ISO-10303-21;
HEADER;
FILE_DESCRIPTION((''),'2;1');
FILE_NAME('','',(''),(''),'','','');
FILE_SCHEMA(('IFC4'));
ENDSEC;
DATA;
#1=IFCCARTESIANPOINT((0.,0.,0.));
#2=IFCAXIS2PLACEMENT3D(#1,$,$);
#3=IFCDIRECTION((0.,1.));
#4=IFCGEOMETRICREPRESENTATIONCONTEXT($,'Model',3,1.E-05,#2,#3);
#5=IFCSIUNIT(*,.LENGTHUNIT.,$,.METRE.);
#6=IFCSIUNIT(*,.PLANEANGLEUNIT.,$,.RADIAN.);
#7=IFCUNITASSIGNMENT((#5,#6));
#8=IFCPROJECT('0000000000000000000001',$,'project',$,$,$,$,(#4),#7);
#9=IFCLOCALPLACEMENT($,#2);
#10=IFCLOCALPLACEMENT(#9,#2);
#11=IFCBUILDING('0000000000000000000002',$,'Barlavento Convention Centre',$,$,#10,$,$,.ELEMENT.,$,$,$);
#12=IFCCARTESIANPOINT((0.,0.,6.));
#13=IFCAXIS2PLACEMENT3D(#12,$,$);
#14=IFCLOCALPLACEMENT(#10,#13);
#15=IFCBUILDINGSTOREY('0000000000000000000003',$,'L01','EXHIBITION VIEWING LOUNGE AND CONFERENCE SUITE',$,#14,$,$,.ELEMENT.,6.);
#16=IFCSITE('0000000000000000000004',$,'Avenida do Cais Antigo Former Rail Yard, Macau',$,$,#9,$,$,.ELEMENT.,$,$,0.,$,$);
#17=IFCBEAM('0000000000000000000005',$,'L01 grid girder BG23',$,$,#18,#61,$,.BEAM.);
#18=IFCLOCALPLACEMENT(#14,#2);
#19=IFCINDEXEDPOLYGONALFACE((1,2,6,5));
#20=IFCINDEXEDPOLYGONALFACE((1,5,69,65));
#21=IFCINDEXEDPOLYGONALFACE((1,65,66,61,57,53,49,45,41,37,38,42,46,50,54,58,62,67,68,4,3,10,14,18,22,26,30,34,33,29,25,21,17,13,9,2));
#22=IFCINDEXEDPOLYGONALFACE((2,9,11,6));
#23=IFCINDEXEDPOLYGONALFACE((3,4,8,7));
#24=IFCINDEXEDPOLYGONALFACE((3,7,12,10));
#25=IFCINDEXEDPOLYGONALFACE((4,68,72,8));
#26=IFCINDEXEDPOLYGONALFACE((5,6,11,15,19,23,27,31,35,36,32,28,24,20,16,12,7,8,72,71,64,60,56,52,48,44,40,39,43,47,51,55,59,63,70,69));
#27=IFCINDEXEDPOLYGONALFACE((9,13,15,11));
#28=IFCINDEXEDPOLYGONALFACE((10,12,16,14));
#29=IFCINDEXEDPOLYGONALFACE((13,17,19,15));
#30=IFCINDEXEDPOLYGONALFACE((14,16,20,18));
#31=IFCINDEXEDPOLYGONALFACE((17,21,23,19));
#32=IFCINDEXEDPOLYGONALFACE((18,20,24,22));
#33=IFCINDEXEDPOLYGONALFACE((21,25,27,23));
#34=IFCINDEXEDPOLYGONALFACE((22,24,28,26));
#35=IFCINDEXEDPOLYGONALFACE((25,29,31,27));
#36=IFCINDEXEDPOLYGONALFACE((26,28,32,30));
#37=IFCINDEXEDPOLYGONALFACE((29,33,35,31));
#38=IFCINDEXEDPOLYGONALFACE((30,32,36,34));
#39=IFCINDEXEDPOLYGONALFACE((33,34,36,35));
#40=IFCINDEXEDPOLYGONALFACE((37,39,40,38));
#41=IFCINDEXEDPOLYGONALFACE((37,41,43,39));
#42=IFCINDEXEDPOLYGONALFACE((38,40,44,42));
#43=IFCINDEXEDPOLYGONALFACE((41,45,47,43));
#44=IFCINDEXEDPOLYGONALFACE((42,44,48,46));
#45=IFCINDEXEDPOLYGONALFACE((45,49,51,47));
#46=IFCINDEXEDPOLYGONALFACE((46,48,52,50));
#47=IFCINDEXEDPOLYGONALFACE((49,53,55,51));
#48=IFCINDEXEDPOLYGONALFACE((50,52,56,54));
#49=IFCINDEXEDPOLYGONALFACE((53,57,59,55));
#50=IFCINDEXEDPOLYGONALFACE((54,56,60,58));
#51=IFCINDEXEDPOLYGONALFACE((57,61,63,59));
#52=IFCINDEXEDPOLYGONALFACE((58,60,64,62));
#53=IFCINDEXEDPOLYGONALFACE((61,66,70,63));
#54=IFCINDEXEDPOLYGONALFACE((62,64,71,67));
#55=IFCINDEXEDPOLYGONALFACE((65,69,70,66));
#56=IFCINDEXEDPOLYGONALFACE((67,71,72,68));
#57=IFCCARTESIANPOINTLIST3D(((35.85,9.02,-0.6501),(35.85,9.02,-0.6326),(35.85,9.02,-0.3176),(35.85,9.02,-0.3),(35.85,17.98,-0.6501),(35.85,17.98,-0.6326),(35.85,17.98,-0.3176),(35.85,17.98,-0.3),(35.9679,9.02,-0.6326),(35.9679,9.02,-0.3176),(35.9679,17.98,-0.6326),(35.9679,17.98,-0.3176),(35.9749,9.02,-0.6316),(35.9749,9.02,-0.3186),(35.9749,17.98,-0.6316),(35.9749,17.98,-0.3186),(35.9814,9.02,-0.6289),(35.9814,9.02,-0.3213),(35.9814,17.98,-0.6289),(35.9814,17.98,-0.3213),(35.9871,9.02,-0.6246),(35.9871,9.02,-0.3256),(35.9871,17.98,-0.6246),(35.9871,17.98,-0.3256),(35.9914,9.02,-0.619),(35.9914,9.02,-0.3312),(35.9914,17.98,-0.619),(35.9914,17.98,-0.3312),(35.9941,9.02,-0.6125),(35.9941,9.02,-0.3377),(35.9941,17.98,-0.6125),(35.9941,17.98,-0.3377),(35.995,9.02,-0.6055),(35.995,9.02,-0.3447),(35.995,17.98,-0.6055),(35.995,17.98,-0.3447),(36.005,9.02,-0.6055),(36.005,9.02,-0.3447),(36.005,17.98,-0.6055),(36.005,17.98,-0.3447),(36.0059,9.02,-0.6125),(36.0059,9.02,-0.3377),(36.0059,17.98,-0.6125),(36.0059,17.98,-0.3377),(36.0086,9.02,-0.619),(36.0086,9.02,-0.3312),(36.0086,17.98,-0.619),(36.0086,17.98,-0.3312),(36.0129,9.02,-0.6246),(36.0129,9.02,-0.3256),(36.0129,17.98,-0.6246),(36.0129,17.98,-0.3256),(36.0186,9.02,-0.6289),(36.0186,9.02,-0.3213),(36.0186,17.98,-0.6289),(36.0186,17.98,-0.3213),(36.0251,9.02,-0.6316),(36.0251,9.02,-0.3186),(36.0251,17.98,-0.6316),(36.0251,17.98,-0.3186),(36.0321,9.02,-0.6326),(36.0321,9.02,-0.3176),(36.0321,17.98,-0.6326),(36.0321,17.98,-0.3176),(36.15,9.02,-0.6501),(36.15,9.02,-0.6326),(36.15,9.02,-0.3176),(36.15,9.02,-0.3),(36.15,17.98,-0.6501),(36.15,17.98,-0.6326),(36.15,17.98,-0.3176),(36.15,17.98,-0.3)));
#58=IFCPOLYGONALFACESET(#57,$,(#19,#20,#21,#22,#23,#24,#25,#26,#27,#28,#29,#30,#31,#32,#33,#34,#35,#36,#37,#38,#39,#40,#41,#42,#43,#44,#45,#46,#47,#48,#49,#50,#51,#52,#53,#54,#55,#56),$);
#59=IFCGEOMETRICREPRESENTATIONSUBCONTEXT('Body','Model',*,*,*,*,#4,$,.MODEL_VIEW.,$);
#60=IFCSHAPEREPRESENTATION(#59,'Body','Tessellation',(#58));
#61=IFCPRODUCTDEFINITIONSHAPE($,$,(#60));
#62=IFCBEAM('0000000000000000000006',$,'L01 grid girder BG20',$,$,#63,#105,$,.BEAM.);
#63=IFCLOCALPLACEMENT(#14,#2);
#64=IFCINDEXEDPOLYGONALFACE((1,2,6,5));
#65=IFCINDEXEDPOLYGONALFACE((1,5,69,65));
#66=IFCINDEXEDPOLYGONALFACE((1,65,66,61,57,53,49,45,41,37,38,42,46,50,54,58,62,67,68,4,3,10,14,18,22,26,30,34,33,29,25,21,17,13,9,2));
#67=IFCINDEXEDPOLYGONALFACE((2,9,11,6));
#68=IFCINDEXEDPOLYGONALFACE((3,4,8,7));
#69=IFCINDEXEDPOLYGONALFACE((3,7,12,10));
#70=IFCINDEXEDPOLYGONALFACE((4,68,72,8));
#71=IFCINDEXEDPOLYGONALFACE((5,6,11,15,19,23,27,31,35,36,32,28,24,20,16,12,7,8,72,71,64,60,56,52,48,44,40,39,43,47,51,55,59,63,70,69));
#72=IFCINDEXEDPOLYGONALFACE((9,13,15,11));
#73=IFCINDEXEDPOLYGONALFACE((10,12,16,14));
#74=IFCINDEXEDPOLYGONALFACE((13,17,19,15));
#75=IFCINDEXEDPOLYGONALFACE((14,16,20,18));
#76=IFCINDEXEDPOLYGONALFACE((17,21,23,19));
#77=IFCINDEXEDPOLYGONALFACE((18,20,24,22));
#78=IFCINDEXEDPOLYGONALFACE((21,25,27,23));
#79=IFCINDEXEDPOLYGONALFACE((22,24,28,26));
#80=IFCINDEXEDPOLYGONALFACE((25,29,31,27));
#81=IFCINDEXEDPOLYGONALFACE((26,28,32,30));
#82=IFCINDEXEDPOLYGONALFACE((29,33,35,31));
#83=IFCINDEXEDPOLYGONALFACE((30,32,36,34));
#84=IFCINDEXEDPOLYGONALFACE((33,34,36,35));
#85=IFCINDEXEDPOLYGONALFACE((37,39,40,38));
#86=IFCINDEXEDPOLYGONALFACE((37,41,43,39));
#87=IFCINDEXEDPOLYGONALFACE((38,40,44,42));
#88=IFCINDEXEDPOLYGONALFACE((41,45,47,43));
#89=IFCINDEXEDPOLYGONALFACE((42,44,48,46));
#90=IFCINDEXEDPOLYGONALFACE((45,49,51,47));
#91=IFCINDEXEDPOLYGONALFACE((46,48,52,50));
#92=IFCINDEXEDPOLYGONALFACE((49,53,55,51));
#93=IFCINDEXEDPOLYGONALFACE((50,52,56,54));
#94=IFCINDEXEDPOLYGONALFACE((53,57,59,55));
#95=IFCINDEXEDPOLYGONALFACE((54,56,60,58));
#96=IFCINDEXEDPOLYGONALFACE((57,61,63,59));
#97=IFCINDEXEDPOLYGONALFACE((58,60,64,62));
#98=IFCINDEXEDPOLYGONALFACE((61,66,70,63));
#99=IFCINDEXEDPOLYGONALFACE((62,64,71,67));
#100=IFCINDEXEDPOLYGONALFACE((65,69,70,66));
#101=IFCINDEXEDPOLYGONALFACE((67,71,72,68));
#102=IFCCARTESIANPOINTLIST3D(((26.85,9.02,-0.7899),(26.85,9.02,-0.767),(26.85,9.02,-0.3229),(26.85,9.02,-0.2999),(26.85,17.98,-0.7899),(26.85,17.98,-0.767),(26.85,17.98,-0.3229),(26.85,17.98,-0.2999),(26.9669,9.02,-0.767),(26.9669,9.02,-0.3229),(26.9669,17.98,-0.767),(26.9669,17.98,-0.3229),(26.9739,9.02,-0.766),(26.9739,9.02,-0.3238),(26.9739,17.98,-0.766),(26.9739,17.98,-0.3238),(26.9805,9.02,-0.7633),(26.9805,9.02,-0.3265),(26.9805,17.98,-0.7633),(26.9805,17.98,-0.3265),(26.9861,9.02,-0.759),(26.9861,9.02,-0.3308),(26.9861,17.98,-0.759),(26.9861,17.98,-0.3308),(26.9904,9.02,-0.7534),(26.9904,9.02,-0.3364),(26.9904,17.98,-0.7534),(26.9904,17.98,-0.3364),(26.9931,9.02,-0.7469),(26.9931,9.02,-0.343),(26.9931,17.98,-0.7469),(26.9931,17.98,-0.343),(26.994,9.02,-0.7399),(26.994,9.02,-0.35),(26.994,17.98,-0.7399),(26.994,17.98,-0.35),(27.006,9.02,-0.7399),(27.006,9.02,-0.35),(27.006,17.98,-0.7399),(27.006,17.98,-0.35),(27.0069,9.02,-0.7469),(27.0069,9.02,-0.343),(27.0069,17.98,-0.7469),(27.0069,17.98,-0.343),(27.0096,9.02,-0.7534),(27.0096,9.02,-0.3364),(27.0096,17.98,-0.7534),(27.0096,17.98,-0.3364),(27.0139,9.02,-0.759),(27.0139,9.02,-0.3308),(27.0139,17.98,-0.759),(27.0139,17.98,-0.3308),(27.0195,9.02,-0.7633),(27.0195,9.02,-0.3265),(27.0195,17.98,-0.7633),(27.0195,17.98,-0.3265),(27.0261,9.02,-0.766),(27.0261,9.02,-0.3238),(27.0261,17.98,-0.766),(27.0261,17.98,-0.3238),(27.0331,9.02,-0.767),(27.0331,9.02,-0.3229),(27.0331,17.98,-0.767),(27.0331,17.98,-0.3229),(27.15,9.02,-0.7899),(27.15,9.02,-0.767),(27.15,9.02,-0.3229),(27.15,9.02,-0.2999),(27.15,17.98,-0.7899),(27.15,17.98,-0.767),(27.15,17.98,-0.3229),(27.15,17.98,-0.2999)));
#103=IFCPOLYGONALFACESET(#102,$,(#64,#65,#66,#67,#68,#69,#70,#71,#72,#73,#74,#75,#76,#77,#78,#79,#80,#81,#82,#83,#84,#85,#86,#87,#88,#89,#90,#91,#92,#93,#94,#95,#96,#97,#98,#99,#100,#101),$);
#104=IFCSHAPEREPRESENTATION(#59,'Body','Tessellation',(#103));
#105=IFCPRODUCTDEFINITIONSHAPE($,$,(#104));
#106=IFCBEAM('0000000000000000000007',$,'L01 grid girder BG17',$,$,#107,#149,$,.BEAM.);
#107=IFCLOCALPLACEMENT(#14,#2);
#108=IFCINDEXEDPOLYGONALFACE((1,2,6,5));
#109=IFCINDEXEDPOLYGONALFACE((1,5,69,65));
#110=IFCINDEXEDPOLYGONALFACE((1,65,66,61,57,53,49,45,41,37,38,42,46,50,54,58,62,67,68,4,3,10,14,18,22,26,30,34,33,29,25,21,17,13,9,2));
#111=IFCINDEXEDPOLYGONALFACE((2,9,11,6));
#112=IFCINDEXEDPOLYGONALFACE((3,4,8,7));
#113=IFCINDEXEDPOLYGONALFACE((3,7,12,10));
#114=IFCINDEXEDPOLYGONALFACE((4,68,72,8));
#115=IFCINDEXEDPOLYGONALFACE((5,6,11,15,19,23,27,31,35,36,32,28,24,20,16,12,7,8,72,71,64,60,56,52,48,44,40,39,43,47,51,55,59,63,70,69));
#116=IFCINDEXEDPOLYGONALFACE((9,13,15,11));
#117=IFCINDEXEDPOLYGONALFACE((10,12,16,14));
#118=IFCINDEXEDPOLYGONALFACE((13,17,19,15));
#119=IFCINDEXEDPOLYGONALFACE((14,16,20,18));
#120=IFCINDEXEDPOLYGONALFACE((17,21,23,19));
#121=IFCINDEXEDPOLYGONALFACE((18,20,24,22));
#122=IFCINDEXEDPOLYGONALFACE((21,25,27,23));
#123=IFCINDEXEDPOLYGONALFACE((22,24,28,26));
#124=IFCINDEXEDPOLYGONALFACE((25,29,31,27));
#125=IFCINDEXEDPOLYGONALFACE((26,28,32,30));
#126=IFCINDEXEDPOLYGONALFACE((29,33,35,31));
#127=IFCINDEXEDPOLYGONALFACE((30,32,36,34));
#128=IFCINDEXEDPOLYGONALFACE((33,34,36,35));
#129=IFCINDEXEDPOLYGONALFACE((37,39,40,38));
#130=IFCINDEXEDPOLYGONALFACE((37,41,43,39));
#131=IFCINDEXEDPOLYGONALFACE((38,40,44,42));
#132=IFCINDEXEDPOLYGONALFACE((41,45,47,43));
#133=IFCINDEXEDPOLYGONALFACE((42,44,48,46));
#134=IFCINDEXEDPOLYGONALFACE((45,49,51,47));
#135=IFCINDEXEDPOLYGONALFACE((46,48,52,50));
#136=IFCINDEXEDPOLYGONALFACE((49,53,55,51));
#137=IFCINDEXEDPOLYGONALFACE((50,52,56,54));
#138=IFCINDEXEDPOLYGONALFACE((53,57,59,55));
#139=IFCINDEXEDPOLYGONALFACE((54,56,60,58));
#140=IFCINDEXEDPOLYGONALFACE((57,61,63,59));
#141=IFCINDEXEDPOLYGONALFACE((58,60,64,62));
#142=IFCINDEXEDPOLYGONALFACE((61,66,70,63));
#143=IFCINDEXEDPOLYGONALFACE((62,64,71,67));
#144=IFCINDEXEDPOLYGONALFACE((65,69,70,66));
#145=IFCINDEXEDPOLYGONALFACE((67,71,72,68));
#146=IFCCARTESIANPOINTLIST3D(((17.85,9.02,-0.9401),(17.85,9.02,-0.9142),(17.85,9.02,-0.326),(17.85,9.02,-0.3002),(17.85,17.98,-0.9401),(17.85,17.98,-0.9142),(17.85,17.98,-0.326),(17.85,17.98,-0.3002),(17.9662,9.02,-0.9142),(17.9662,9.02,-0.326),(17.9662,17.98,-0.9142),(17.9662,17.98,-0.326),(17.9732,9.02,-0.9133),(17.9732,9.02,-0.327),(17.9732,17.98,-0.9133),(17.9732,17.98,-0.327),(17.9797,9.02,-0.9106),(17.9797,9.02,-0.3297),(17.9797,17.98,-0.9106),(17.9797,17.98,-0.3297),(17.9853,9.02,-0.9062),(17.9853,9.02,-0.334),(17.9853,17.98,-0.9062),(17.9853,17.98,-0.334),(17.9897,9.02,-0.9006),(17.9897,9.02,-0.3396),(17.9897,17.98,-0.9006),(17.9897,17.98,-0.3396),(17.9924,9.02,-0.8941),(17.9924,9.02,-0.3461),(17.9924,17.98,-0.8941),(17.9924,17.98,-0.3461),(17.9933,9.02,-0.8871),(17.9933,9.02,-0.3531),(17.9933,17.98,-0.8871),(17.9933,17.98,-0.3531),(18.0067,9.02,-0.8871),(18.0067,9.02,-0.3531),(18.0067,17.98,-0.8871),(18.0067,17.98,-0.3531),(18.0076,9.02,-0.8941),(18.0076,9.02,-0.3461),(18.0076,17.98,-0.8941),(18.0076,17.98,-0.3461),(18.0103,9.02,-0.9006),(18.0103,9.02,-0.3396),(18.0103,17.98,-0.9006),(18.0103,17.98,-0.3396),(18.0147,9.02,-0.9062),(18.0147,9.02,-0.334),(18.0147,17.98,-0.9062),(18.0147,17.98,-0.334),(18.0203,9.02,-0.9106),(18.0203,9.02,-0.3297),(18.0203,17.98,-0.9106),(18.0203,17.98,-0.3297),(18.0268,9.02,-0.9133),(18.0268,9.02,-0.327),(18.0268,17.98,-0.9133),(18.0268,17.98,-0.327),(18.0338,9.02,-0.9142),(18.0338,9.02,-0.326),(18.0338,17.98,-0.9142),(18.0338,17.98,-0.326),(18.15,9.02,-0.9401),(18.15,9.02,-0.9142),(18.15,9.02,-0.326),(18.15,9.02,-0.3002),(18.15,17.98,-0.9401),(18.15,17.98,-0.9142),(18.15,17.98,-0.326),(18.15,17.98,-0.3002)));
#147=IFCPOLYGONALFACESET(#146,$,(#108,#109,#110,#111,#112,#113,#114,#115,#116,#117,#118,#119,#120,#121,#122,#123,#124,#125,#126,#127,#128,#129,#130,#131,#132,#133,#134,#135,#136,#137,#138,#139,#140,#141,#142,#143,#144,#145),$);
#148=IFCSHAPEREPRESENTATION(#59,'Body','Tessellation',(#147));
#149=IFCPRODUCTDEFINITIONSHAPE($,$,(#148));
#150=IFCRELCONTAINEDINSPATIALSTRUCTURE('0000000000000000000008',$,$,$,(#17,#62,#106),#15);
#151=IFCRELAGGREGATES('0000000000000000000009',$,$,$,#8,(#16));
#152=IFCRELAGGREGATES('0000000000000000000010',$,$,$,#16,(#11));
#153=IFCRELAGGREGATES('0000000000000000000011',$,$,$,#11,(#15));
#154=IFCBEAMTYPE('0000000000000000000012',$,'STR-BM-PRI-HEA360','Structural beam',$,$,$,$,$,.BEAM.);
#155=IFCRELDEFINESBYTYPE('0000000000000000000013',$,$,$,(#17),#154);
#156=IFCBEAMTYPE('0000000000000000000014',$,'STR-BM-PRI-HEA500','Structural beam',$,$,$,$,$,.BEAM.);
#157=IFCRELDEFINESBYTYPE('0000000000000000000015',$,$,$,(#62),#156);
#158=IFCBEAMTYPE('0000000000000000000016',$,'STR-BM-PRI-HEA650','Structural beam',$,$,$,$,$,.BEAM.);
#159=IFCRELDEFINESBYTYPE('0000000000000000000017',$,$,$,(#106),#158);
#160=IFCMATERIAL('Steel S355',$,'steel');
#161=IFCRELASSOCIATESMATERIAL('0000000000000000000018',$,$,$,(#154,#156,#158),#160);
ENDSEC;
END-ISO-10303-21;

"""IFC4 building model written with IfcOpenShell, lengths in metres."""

from ifc_helpers import new_model, si_unit, direction, frame, origin, origin_2d, place, context, subcontext, project, spatial, i_section, extrude, material, material_profile, profile_set, type_object, element, save


model = new_model("IFC4")

# Units and contexts
model_context = context("Model", 3, precision=1e-05, world=origin(), true_north=direction((0.0, 1.0)))
body_context = subcontext(model_context, "Body", "Model", "MODEL_VIEW")
ifc_project = project(units=[si_unit("LENGTHUNIT", "METRE"), si_unit("PLANEANGLEUNIT", "RADIAN")], contexts=[model_context])

# Site, building, storey
site_placement = place(None, origin())
site = spatial("IfcSite", under=ifc_project, at=site_placement, Name="Avenida do Cais Antigo Former Rail Yard, Macau", CompositionType="ELEMENT", RefElevation=0.0)
building_placement = place(site_placement, origin())
building = spatial("IfcBuilding", under=site, at=building_placement, Name="Barlavento Convention Centre", CompositionType="ELEMENT")
storey_placement = place(building_placement, frame((0.0, 0.0, 6.0)))
storey = spatial("IfcBuildingStorey", under=building, at=storey_placement, Name="L01", Description="EXHIBITION VIEWING LOUNGE AND CONFERENCE SUITE", CompositionType="ELEMENT", Elevation=6.0)

# Shared definitions
ifc_material_1 = material(Name="Steel S355", Category="steel")

# Beams
ifc_material_profile_1 = material_profile(ifc_material_1, i_section(OverallWidth=0.3, OverallDepth=0.3501, WebThickness=0.01, FlangeThickness=0.0176, FilletRadius=0.0271, at=origin_2d()), Name="HEA 360")
ifc_profile_set_1 = profile_set([ifc_material_profile_1], Name="Steel S355")
beam_type_1 = type_object("IfcBeamType", Name="STR-BM-PRI-HEA360", Description="Structural beam", PredefinedType="BEAM", material=ifc_profile_set_1)
beam_1_placement = place(storey_placement, frame((36.0, 9.02, -0.4751), z_axis=(0.0, 1.0, 0.0), x_axis=(-1.0, 0.0, 0.0)))
element("IfcBeam", 1, at=beam_1_placement, inside=storey, type_object=beam_type_1, Name="L01 grid girder BG23", PredefinedType="BEAM", context=body_context, shape_type="SweptSolid", body=[
    extrude(i_section(OverallWidth=0.3, OverallDepth=0.3501, WebThickness=0.01, FlangeThickness=0.0176, FilletRadius=0.0271, at=origin_2d()), origin(), (0.0, 0.0, 1.0), 8.96),
])
ifc_material_profile_2 = material_profile(ifc_material_1, i_section(OverallWidth=0.3, OverallDepth=0.49, WebThickness=0.012, FlangeThickness=0.0229, FilletRadius=0.0271, at=origin_2d()), Name="HEA 500")
ifc_profile_set_2 = profile_set([ifc_material_profile_2], Name="Steel S355")
beam_type_2 = type_object("IfcBeamType", Name="STR-BM-PRI-HEA500", Description="Structural beam", PredefinedType="BEAM", material=ifc_profile_set_2)
beam_2_placement = place(storey_placement, frame((27.0, 9.02, -0.5449), z_axis=(0.0, 1.0, 0.0), x_axis=(-1.0, 0.0, 0.0)))
element("IfcBeam", 2, at=beam_2_placement, inside=storey, type_object=beam_type_2, Name="L01 grid girder BG20", PredefinedType="BEAM", context=body_context, shape_type="SweptSolid", body=[
    extrude(i_section(OverallWidth=0.3, OverallDepth=0.49, WebThickness=0.012, FlangeThickness=0.0229, FilletRadius=0.0271, at=origin_2d()), origin(), (0.0, 0.0, 1.0), 8.96),
])
ifc_material_profile_3 = material_profile(ifc_material_1, i_section(OverallWidth=0.3, OverallDepth=0.6399, WebThickness=0.0134, FlangeThickness=0.0259, FilletRadius=0.0271, at=origin_2d()), Name="HEA 650")
ifc_profile_set_3 = profile_set([ifc_material_profile_3], Name="Steel S355")
beam_type_3 = type_object("IfcBeamType", Name="STR-BM-PRI-HEA650", Description="Structural beam", PredefinedType="BEAM", material=ifc_profile_set_3)
beam_3_placement = place(storey_placement, frame((18.0, 9.02, -0.6201), z_axis=(0.0, 1.0, 0.0), x_axis=(-1.0, 0.0, 0.0)))
element("IfcBeam", 3, at=beam_3_placement, inside=storey, type_object=beam_type_3, Name="L01 grid girder BG17", PredefinedType="BEAM", context=body_context, shape_type="SweptSolid", body=[
    extrude(i_section(OverallWidth=0.3, OverallDepth=0.6399, WebThickness=0.0134, FlangeThickness=0.0259, FilletRadius=0.0271, at=origin_2d()), origin(), (0.0, 0.0, 1.0), 8.96),
])

save(model, "model.ifc")
